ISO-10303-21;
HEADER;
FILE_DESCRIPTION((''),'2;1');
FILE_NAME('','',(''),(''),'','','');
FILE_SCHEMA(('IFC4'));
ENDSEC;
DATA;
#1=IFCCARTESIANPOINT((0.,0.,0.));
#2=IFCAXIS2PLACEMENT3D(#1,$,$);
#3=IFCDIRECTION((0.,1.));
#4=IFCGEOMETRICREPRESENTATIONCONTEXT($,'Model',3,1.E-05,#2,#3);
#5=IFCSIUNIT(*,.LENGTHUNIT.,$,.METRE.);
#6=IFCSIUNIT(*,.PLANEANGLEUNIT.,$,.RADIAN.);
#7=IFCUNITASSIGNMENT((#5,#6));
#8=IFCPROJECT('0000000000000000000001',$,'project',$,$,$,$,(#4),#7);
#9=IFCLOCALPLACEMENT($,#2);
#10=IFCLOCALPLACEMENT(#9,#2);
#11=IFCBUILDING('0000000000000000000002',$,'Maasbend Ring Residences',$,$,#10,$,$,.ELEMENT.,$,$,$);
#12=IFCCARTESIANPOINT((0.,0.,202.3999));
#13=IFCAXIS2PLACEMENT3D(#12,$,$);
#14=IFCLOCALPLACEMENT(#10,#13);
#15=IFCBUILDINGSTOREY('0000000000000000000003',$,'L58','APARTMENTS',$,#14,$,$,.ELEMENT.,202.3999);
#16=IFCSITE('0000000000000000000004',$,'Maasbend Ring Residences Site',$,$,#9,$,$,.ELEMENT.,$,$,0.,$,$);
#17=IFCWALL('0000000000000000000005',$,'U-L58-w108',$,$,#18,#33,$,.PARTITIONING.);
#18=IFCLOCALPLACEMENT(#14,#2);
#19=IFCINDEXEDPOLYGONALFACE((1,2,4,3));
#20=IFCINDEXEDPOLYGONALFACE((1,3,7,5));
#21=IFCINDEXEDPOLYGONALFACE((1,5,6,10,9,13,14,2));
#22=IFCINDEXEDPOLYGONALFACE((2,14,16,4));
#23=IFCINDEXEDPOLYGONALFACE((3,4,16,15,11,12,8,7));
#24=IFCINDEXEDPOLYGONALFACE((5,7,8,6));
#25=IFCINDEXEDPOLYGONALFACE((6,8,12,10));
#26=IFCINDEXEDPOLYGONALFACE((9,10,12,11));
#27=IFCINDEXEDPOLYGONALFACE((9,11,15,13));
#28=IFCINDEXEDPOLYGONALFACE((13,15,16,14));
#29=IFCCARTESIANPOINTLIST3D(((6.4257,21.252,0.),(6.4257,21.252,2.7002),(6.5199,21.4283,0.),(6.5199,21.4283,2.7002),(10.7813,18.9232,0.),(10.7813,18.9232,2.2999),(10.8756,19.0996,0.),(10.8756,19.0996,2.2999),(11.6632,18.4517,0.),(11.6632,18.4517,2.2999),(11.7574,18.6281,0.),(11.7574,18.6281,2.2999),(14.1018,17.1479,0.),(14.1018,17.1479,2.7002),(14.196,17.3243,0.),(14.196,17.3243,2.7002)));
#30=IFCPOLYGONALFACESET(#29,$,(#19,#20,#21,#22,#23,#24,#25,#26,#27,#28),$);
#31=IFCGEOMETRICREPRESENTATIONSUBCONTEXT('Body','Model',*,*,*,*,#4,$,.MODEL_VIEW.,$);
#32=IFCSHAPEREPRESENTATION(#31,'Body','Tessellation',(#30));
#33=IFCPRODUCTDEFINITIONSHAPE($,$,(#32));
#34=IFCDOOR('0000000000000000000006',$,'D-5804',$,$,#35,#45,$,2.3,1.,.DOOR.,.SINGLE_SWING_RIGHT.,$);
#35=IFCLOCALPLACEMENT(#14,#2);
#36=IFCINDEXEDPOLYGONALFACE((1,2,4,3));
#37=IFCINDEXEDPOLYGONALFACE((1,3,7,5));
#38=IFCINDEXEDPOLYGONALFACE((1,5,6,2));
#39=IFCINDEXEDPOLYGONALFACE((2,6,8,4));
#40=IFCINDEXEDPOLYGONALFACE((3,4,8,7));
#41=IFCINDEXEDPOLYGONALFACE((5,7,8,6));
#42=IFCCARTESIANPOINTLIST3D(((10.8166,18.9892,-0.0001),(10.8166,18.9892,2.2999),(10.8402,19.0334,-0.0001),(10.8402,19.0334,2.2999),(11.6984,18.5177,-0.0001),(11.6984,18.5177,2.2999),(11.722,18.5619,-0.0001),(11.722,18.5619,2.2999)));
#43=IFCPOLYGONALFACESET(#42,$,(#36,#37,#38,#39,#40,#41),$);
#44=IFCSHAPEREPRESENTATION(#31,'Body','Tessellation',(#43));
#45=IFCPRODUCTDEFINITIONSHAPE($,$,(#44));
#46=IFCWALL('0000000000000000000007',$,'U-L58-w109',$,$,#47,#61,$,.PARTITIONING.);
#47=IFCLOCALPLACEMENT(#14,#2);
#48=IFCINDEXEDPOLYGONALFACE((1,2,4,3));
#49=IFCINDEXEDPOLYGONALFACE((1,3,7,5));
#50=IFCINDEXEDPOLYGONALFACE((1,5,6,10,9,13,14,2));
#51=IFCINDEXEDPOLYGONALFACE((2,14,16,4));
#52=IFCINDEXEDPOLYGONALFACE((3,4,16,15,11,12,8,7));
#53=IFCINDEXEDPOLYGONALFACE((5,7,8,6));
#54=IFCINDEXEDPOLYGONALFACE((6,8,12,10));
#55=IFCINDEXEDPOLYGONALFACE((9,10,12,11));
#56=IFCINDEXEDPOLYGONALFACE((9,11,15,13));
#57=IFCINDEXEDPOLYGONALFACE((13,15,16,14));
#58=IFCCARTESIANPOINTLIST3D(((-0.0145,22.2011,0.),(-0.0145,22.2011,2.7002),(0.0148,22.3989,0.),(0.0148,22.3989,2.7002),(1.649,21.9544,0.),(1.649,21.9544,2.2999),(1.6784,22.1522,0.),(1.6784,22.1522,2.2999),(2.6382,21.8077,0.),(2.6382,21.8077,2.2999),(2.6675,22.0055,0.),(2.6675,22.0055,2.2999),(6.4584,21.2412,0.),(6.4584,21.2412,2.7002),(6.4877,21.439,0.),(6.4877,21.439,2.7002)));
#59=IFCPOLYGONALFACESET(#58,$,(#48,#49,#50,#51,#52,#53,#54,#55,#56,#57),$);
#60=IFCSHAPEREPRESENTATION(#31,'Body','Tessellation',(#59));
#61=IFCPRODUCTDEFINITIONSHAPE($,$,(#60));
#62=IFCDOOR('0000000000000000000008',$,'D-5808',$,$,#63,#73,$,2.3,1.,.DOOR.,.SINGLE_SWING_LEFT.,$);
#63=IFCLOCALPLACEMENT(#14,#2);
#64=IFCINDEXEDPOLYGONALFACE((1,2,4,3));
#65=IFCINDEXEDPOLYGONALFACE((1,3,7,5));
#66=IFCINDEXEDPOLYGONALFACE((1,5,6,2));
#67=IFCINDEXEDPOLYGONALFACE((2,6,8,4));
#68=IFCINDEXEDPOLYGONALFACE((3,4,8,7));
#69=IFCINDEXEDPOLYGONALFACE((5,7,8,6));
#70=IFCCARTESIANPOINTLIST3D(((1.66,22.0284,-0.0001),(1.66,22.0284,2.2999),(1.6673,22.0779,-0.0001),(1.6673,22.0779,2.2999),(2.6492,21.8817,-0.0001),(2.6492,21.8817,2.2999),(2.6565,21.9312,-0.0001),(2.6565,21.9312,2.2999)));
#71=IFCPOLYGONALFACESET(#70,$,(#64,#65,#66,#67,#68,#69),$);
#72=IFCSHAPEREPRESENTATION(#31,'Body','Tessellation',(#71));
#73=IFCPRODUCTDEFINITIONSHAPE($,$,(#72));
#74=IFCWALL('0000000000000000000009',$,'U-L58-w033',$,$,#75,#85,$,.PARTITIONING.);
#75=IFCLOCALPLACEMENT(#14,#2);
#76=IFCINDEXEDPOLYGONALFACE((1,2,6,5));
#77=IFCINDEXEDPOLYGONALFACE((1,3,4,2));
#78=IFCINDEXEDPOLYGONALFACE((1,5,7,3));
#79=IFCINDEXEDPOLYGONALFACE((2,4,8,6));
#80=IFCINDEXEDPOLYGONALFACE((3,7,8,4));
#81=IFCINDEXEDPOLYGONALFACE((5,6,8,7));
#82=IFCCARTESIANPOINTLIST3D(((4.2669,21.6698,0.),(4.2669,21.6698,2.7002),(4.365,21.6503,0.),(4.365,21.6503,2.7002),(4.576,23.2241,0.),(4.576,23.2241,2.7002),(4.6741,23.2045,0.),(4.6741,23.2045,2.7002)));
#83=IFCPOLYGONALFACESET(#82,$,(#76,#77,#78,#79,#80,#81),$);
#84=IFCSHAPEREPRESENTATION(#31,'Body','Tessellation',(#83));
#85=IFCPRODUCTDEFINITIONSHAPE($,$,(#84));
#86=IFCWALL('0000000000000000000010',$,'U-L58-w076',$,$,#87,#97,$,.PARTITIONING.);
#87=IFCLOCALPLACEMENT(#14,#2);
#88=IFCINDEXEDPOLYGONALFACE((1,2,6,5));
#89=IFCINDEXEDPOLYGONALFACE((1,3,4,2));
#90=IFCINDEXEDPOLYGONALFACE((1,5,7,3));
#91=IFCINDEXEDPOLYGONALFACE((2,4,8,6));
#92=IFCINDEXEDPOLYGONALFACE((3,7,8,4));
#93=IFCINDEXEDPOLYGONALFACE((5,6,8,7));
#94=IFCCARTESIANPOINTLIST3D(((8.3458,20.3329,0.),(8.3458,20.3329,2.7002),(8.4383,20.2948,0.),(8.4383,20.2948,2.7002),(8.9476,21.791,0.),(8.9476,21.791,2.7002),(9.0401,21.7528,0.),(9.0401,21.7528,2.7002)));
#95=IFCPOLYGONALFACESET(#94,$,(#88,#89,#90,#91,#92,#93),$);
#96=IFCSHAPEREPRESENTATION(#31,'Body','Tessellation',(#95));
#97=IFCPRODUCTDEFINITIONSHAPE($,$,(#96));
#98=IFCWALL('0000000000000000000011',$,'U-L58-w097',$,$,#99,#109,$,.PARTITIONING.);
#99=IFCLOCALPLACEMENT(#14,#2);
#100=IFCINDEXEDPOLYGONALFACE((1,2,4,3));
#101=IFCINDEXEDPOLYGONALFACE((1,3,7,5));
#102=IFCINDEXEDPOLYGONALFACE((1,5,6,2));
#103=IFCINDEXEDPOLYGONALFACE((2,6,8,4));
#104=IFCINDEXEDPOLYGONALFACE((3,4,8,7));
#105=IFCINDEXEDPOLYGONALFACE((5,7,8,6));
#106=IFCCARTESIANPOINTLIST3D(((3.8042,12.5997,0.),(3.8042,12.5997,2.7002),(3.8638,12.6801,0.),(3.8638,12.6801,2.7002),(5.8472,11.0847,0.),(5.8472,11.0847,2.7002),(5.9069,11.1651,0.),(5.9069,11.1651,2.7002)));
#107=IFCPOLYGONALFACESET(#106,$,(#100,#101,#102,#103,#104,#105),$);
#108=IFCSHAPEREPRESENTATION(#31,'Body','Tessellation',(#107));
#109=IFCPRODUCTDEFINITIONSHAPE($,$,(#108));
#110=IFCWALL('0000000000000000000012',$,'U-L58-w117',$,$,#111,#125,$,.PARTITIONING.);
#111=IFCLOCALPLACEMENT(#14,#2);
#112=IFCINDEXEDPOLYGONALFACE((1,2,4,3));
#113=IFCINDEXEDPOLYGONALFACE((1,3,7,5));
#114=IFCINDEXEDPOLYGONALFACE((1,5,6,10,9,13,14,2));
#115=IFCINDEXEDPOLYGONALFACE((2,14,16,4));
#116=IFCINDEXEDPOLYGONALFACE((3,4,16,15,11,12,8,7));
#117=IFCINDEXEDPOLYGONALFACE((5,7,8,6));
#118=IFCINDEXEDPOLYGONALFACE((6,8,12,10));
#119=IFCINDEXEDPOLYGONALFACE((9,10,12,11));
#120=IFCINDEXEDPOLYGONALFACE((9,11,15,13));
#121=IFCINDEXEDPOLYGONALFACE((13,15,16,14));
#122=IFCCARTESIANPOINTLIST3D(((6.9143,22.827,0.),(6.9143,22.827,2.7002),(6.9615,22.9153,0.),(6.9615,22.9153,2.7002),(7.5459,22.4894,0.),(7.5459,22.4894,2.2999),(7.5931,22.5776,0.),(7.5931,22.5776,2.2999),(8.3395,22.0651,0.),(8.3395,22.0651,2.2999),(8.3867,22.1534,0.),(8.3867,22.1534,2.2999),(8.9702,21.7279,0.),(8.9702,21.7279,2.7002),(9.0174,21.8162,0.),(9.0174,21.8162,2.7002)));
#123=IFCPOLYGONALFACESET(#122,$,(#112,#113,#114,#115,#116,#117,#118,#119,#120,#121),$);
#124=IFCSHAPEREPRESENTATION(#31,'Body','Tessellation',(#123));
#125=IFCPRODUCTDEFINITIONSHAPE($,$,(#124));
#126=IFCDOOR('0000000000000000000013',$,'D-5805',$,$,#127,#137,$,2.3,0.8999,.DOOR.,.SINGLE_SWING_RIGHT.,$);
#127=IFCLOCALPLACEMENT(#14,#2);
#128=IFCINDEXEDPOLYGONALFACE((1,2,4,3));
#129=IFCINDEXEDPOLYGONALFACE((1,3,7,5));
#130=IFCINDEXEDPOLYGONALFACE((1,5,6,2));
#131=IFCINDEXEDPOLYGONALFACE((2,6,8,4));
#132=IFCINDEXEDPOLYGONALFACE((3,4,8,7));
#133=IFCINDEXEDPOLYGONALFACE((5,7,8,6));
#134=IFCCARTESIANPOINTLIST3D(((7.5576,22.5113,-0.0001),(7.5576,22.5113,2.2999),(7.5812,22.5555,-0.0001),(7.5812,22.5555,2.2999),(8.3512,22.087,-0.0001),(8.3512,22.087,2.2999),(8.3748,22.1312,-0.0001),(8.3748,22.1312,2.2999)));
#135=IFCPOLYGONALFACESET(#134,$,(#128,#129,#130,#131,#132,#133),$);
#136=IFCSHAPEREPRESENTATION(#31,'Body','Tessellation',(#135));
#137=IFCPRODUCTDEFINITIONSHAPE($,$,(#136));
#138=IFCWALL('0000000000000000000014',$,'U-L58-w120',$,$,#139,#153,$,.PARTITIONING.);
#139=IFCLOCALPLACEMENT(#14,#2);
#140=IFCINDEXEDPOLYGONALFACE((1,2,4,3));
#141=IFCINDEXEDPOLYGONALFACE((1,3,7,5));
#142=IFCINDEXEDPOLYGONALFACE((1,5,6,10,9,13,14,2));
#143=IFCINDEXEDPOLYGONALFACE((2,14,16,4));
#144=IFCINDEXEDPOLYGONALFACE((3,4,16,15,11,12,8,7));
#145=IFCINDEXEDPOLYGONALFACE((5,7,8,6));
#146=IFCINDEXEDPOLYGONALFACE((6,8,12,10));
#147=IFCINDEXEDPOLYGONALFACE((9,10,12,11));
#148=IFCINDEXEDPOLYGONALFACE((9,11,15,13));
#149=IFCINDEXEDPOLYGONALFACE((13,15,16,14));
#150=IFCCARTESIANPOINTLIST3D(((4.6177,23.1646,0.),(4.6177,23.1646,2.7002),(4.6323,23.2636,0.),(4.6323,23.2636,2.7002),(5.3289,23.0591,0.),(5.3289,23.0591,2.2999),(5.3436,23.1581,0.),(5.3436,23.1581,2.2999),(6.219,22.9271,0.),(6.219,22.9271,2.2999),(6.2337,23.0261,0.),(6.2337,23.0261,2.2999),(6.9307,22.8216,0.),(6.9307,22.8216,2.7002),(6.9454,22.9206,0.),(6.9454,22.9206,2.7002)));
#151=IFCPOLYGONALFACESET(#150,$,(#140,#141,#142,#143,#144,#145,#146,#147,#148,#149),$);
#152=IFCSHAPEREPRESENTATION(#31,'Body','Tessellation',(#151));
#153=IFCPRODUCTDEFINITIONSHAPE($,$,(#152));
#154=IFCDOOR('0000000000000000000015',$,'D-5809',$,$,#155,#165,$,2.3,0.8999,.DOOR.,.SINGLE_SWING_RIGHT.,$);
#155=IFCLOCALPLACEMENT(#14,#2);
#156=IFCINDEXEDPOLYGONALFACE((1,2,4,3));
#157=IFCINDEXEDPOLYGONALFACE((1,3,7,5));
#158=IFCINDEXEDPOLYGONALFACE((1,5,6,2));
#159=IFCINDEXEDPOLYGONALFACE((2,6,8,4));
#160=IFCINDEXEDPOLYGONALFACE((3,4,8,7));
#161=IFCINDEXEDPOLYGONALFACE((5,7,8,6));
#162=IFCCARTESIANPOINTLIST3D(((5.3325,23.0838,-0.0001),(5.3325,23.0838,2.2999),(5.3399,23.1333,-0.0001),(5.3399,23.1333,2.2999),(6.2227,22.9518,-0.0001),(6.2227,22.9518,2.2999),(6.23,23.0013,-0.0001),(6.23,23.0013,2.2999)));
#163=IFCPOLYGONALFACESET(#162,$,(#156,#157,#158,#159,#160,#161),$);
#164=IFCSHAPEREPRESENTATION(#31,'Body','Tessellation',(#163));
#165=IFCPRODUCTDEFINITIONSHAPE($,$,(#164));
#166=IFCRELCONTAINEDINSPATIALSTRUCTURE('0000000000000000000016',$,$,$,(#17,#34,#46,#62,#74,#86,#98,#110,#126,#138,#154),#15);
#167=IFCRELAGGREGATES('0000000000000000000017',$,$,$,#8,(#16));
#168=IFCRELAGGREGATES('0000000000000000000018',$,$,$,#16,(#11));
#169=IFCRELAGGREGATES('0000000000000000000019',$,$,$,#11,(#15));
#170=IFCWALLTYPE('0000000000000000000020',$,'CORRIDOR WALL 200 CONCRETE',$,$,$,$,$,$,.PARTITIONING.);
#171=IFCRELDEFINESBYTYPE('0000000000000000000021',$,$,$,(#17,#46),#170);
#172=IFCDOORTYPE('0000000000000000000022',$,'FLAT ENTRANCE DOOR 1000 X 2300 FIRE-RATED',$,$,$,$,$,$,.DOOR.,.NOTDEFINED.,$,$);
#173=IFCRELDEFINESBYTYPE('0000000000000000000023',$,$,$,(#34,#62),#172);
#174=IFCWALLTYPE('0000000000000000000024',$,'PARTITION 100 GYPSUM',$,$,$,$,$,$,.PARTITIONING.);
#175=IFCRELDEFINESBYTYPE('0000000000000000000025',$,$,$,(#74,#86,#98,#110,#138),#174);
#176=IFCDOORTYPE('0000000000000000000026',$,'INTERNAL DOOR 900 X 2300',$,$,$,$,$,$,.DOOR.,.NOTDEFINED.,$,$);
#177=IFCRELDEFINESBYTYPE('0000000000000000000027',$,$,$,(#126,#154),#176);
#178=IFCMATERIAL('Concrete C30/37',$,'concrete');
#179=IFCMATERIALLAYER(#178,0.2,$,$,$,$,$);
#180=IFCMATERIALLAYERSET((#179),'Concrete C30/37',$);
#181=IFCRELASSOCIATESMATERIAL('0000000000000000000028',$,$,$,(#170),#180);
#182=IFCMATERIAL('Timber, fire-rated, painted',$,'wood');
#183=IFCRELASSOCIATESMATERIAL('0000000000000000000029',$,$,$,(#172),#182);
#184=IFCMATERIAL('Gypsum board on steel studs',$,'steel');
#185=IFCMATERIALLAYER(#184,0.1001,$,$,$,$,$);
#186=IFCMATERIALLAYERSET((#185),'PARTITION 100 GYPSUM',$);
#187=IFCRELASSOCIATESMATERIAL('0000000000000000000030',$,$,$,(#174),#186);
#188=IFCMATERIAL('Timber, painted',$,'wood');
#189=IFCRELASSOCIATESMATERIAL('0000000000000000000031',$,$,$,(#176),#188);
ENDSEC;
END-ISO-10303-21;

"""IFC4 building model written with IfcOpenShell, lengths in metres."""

from ifc_helpers import new_model, si_unit, direction, frame, frame_2d, origin, place, context, subcontext, project, spatial, rectangle, extrude, material, layer, layer_set, type_object, element, fill, save


model = new_model("IFC4")

# Units and contexts
model_context = context("Model", 3, precision=1e-05, world=origin(), true_north=direction((0.0, 1.0)))
body_context = subcontext(model_context, "Body", "Model", "MODEL_VIEW")
ifc_project = project(units=[si_unit("LENGTHUNIT", "METRE"), si_unit("PLANEANGLEUNIT", "RADIAN")], contexts=[model_context])

# Site, building, storey
site_placement = place(None, origin())
site = spatial("IfcSite", under=ifc_project, at=site_placement, Name="Maasbend Ring Residences Site", CompositionType="ELEMENT", RefElevation=0.0)
building_placement = place(site_placement, origin())
building = spatial("IfcBuilding", under=site, at=building_placement, Name="Maasbend Ring Residences", CompositionType="ELEMENT")
storey_placement = place(building_placement, frame((0.0, 0.0, 202.3999)))
storey = spatial("IfcBuildingStorey", under=building, at=storey_placement, Name="L58", Description="APARTMENTS", CompositionType="ELEMENT", Elevation=202.3999)

# Walls, openings, doors
ifc_material_1 = material(Name="Concrete C30/37", Category="concrete")
ifc_layer_1 = layer(ifc_material_1, 0.2)
ifc_layer_set_1 = layer_set([ifc_layer_1], Name="Concrete C30/37")
wall_type_1 = type_object("IfcWallType", Name="CORRIDOR WALL 200 CONCRETE", PredefinedType="PARTITIONING", material=ifc_layer_set_1)
ifc_material_2 = material(Name="Timber, fire-rated, painted", Category="wood")
door_type_1 = type_object("IfcDoorType", Name="FLAT ENTRANCE DOOR 1000 X 2300 FIRE-RATED", OperationType="NOTDEFINED", PredefinedType="DOOR", material=ifc_material_2)
wall_1_placement = place(storey_placement, frame((6.4729, 21.3401, 0.0), z_axis=(0.0, 0.0, 1.0), x_axis=(0.88187, -0.471493, 0.0)))
wall_1 = element("IfcWall", 1, at=wall_1_placement, inside=storey, type_object=wall_type_1, Name="U-L58-w108", PredefinedType="PARTITIONING", context=body_context, shape_type="SweptSolid", body=[
    extrude(rectangle(XDim=8.7043, YDim=0.2, at=frame_2d((4.3521, 0.0))), origin(), (0.0, 0.0, 1.0), 2.7002),
])
opening_1_placement = place(wall_1_placement, frame((4.939, 0.0, 0.0)))
opening_1 = element("IfcOpeningElement", 2, at=opening_1_placement, cuts=wall_1, PredefinedType="OPENING", context=body_context, shape_type="SweptSolid", body=[
    extrude(rectangle(XDim=1.0, YDim=2.3, at=frame_2d((0.5, 1.1499))), frame((0.0, 0.1099, 0.0), z_axis=(0.0, -1.0, 0.0), x_axis=(1.0, 0.0, 0.0)), (0.0, 0.0, 1.0), 0.22),
])
door_1_placement = place(opening_1_placement, origin())
door_1 = element("IfcDoor", 3, at=door_1_placement, inside=storey, type_object=door_type_1, Name="D-5804", OperationType="SINGLE_SWING_RIGHT", OverallHeight=2.3, OverallWidth=1.0, PredefinedType="DOOR", context=body_context, shape_type="SweptSolid", body=[
    extrude(rectangle(XDim=1.0, YDim=2.3, at=frame_2d((0.5, 1.1499))), frame((0.0, 0.0249, 0.0), z_axis=(0.0, -1.0, 0.0), x_axis=(1.0, 0.0, 0.0)), (0.0, 0.0, 1.0), 0.05),
])
fill(opening_1, door_1)
wall_2_placement = place(storey_placement, frame((0.0, 22.3, 0.0), z_axis=(0.0, 0.0, 1.0), x_axis=(0.989181, -0.1467, 0.0)))
wall_2 = element("IfcWall", 4, at=wall_2_placement, inside=storey, type_object=wall_type_1, Name="U-L58-w109", PredefinedType="PARTITIONING", context=body_context, shape_type="SweptSolid", body=[
    extrude(rectangle(XDim=6.5437, YDim=0.2, at=frame_2d((3.272, 0.0))), origin(), (0.0, 0.0, 1.0), 2.7002),
])
opening_2_placement = place(wall_2_placement, frame((1.6819, 0.0, 0.0)))
opening_2 = element("IfcOpeningElement", 5, at=opening_2_placement, cuts=wall_2, PredefinedType="OPENING", context=body_context, shape_type="SweptSolid", body=[
    extrude(rectangle(XDim=1.0, YDim=2.3, at=frame_2d((0.5, 1.1499))), frame((0.0, 0.1099, 0.0), z_axis=(0.0, -1.0, 0.0), x_axis=(1.0, 0.0, 0.0)), (0.0, 0.0, 1.0), 0.22),
])
door_2_placement = place(opening_2_placement, origin())
door_2 = element("IfcDoor", 6, at=door_2_placement, inside=storey, type_object=door_type_1, Name="D-5808", OperationType="SINGLE_SWING_LEFT", OverallHeight=2.3, OverallWidth=1.0, PredefinedType="DOOR", context=body_context, shape_type="SweptSolid", body=[
    extrude(rectangle(XDim=1.0, YDim=2.3, at=frame_2d((0.5, 1.1499))), frame((0.0, 0.0249, 0.0), z_axis=(0.0, -1.0, 0.0), x_axis=(1.0, 0.0, 0.0)), (0.0, 0.0, 1.0), 0.05),
])
fill(opening_2, door_2)

# Walls
ifc_material_3 = material(Name="Gypsum board on steel studs", Category="steel")
ifc_layer_2 = layer(ifc_material_3, 0.1001)
ifc_layer_set_2 = layer_set([ifc_layer_2], Name="PARTITION 100 GYPSUM")
wall_type_2 = type_object("IfcWallType", Name="PARTITION 100 GYPSUM", PredefinedType="PARTITIONING", material=ifc_layer_set_2)
wall_3_placement = place(storey_placement, frame((4.3159, 21.6599, 0.0), z_axis=(0.0, 0.0, 1.0), x_axis=(0.195049, 0.980793, 0.0)))
element("IfcWall", 7, at=wall_3_placement, inside=storey, type_object=wall_type_2, Name="U-L58-w033", PredefinedType="PARTITIONING", context=body_context, shape_type="SweptSolid", body=[
    extrude(rectangle(XDim=1.5847, YDim=0.1001, at=frame_2d((0.7925, 0.0))), origin(), (0.0, 0.0, 1.0), 2.7002),
])
wall_4_placement = place(storey_placement, frame((8.3921, 20.314, 0.0), z_axis=(0.0, 0.0, 1.0), x_axis=(0.381536, 0.924354, 0.0)))
element("IfcWall", 8, at=wall_4_placement, inside=storey, type_object=wall_type_2, Name="U-L58-w076", PredefinedType="PARTITIONING", context=body_context, shape_type="SweptSolid", body=[
    extrude(rectangle(XDim=1.5774, YDim=0.1001, at=frame_2d((0.7886, 0.0))), origin(), (0.0, 0.0, 1.0), 2.7002),
])
wall_5_placement = place(storey_placement, frame((3.834, 12.6399, 0.0), z_axis=(0.0, 0.0, 1.0), x_axis=(0.80326, -0.595629, 0.0)))
element("IfcWall", 9, at=wall_5_placement, inside=storey, type_object=wall_type_2, Name="U-L58-w097", PredefinedType="PARTITIONING", context=body_context, shape_type="SweptSolid", body=[
    extrude(rectangle(XDim=2.5435, YDim=0.1001, at=frame_2d((1.2717, 0.0))), origin(), (0.0, 0.0, 1.0), 2.7002),
])

# Walls, openings, doors
wall_6_placement = place(storey_placement, frame((6.938, 22.8711, 0.0), z_axis=(0.0, 0.0, 1.0), x_axis=(0.881883, -0.471469, 0.0)))
wall_6 = element("IfcWall", 10, at=wall_6_placement, inside=storey, type_object=wall_type_2, Name="U-L58-w117", PredefinedType="PARTITIONING", context=body_context, shape_type="SweptSolid", body=[
    extrude(rectangle(XDim=2.3313, YDim=0.1001, at=frame_2d((1.1655, 0.0))), origin(), (0.0, 0.0, 1.0), 2.7002),
])
opening_3_placement = place(wall_6_placement, frame((0.7161, 0.0, 0.0)))
opening_3 = element("IfcOpeningElement", 11, at=opening_3_placement, cuts=wall_6, PredefinedType="OPENING", context=body_context, shape_type="SweptSolid", body=[
    extrude(rectangle(XDim=0.8999, YDim=2.3, at=frame_2d((0.45, 1.1499))), frame((0.0, 0.0601, 0.0), z_axis=(0.0, -1.0, 0.0), x_axis=(1.0, 0.0, 0.0)), (0.0, 0.0, 1.0), 0.1201),
])
ifc_material_4 = material(Name="Timber, painted", Category="wood")
door_type_2 = type_object("IfcDoorType", Name="INTERNAL DOOR 900 X 2300", OperationType="NOTDEFINED", PredefinedType="DOOR", material=ifc_material_4)
door_3_placement = place(opening_3_placement, origin())
door_3 = element("IfcDoor", 12, at=door_3_placement, inside=storey, type_object=door_type_2, Name="D-5805", OperationType="SINGLE_SWING_RIGHT", OverallHeight=2.3, OverallWidth=0.8999, PredefinedType="DOOR", context=body_context, shape_type="SweptSolid", body=[
    extrude(rectangle(XDim=0.8999, YDim=2.3, at=frame_2d((0.45, 1.1499))), frame((0.0, 0.0249, 0.0), z_axis=(0.0, -1.0, 0.0), x_axis=(1.0, 0.0, 0.0)), (0.0, 0.0, 1.0), 0.05),
])
fill(opening_3, door_3)
wall_7_placement = place(storey_placement, frame((4.625, 23.2141, 0.0), z_axis=(0.0, 0.0, 1.0), x_axis=(0.989182, -0.146696, 0.0)))
wall_7 = element("IfcWall", 13, at=wall_7_placement, inside=storey, type_object=wall_type_2, Name="U-L58-w120", PredefinedType="PARTITIONING", context=body_context, shape_type="SweptSolid", body=[
    extrude(rectangle(XDim=2.3384, YDim=0.1001, at=frame_2d((1.1692, 0.0))), origin(), (0.0, 0.0, 1.0), 2.7002),
])
opening_4_placement = place(wall_7_placement, frame((0.719, 0.0, 0.0)))
opening_4 = element("IfcOpeningElement", 14, at=opening_4_placement, cuts=wall_7, PredefinedType="OPENING", context=body_context, shape_type="SweptSolid", body=[
    extrude(rectangle(XDim=0.8999, YDim=2.3, at=frame_2d((0.45, 1.1499))), frame((0.0, 0.0601, 0.0), z_axis=(0.0, -1.0, 0.0), x_axis=(1.0, 0.0, 0.0)), (0.0, 0.0, 1.0), 0.1201),
])
door_4_placement = place(opening_4_placement, origin())
door_4 = element("IfcDoor", 15, at=door_4_placement, inside=storey, type_object=door_type_2, Name="D-5809", OperationType="SINGLE_SWING_RIGHT", OverallHeight=2.3, OverallWidth=0.8999, PredefinedType="DOOR", context=body_context, shape_type="SweptSolid", body=[
    extrude(rectangle(XDim=0.8999, YDim=2.3, at=frame_2d((0.45, 1.1499))), frame((0.0, 0.0249, 0.0), z_axis=(0.0, -1.0, 0.0), x_axis=(1.0, 0.0, 0.0)), (0.0, 0.0, 1.0), 0.05),
])
fill(opening_4, door_4)

save(model, "model.ifc")
